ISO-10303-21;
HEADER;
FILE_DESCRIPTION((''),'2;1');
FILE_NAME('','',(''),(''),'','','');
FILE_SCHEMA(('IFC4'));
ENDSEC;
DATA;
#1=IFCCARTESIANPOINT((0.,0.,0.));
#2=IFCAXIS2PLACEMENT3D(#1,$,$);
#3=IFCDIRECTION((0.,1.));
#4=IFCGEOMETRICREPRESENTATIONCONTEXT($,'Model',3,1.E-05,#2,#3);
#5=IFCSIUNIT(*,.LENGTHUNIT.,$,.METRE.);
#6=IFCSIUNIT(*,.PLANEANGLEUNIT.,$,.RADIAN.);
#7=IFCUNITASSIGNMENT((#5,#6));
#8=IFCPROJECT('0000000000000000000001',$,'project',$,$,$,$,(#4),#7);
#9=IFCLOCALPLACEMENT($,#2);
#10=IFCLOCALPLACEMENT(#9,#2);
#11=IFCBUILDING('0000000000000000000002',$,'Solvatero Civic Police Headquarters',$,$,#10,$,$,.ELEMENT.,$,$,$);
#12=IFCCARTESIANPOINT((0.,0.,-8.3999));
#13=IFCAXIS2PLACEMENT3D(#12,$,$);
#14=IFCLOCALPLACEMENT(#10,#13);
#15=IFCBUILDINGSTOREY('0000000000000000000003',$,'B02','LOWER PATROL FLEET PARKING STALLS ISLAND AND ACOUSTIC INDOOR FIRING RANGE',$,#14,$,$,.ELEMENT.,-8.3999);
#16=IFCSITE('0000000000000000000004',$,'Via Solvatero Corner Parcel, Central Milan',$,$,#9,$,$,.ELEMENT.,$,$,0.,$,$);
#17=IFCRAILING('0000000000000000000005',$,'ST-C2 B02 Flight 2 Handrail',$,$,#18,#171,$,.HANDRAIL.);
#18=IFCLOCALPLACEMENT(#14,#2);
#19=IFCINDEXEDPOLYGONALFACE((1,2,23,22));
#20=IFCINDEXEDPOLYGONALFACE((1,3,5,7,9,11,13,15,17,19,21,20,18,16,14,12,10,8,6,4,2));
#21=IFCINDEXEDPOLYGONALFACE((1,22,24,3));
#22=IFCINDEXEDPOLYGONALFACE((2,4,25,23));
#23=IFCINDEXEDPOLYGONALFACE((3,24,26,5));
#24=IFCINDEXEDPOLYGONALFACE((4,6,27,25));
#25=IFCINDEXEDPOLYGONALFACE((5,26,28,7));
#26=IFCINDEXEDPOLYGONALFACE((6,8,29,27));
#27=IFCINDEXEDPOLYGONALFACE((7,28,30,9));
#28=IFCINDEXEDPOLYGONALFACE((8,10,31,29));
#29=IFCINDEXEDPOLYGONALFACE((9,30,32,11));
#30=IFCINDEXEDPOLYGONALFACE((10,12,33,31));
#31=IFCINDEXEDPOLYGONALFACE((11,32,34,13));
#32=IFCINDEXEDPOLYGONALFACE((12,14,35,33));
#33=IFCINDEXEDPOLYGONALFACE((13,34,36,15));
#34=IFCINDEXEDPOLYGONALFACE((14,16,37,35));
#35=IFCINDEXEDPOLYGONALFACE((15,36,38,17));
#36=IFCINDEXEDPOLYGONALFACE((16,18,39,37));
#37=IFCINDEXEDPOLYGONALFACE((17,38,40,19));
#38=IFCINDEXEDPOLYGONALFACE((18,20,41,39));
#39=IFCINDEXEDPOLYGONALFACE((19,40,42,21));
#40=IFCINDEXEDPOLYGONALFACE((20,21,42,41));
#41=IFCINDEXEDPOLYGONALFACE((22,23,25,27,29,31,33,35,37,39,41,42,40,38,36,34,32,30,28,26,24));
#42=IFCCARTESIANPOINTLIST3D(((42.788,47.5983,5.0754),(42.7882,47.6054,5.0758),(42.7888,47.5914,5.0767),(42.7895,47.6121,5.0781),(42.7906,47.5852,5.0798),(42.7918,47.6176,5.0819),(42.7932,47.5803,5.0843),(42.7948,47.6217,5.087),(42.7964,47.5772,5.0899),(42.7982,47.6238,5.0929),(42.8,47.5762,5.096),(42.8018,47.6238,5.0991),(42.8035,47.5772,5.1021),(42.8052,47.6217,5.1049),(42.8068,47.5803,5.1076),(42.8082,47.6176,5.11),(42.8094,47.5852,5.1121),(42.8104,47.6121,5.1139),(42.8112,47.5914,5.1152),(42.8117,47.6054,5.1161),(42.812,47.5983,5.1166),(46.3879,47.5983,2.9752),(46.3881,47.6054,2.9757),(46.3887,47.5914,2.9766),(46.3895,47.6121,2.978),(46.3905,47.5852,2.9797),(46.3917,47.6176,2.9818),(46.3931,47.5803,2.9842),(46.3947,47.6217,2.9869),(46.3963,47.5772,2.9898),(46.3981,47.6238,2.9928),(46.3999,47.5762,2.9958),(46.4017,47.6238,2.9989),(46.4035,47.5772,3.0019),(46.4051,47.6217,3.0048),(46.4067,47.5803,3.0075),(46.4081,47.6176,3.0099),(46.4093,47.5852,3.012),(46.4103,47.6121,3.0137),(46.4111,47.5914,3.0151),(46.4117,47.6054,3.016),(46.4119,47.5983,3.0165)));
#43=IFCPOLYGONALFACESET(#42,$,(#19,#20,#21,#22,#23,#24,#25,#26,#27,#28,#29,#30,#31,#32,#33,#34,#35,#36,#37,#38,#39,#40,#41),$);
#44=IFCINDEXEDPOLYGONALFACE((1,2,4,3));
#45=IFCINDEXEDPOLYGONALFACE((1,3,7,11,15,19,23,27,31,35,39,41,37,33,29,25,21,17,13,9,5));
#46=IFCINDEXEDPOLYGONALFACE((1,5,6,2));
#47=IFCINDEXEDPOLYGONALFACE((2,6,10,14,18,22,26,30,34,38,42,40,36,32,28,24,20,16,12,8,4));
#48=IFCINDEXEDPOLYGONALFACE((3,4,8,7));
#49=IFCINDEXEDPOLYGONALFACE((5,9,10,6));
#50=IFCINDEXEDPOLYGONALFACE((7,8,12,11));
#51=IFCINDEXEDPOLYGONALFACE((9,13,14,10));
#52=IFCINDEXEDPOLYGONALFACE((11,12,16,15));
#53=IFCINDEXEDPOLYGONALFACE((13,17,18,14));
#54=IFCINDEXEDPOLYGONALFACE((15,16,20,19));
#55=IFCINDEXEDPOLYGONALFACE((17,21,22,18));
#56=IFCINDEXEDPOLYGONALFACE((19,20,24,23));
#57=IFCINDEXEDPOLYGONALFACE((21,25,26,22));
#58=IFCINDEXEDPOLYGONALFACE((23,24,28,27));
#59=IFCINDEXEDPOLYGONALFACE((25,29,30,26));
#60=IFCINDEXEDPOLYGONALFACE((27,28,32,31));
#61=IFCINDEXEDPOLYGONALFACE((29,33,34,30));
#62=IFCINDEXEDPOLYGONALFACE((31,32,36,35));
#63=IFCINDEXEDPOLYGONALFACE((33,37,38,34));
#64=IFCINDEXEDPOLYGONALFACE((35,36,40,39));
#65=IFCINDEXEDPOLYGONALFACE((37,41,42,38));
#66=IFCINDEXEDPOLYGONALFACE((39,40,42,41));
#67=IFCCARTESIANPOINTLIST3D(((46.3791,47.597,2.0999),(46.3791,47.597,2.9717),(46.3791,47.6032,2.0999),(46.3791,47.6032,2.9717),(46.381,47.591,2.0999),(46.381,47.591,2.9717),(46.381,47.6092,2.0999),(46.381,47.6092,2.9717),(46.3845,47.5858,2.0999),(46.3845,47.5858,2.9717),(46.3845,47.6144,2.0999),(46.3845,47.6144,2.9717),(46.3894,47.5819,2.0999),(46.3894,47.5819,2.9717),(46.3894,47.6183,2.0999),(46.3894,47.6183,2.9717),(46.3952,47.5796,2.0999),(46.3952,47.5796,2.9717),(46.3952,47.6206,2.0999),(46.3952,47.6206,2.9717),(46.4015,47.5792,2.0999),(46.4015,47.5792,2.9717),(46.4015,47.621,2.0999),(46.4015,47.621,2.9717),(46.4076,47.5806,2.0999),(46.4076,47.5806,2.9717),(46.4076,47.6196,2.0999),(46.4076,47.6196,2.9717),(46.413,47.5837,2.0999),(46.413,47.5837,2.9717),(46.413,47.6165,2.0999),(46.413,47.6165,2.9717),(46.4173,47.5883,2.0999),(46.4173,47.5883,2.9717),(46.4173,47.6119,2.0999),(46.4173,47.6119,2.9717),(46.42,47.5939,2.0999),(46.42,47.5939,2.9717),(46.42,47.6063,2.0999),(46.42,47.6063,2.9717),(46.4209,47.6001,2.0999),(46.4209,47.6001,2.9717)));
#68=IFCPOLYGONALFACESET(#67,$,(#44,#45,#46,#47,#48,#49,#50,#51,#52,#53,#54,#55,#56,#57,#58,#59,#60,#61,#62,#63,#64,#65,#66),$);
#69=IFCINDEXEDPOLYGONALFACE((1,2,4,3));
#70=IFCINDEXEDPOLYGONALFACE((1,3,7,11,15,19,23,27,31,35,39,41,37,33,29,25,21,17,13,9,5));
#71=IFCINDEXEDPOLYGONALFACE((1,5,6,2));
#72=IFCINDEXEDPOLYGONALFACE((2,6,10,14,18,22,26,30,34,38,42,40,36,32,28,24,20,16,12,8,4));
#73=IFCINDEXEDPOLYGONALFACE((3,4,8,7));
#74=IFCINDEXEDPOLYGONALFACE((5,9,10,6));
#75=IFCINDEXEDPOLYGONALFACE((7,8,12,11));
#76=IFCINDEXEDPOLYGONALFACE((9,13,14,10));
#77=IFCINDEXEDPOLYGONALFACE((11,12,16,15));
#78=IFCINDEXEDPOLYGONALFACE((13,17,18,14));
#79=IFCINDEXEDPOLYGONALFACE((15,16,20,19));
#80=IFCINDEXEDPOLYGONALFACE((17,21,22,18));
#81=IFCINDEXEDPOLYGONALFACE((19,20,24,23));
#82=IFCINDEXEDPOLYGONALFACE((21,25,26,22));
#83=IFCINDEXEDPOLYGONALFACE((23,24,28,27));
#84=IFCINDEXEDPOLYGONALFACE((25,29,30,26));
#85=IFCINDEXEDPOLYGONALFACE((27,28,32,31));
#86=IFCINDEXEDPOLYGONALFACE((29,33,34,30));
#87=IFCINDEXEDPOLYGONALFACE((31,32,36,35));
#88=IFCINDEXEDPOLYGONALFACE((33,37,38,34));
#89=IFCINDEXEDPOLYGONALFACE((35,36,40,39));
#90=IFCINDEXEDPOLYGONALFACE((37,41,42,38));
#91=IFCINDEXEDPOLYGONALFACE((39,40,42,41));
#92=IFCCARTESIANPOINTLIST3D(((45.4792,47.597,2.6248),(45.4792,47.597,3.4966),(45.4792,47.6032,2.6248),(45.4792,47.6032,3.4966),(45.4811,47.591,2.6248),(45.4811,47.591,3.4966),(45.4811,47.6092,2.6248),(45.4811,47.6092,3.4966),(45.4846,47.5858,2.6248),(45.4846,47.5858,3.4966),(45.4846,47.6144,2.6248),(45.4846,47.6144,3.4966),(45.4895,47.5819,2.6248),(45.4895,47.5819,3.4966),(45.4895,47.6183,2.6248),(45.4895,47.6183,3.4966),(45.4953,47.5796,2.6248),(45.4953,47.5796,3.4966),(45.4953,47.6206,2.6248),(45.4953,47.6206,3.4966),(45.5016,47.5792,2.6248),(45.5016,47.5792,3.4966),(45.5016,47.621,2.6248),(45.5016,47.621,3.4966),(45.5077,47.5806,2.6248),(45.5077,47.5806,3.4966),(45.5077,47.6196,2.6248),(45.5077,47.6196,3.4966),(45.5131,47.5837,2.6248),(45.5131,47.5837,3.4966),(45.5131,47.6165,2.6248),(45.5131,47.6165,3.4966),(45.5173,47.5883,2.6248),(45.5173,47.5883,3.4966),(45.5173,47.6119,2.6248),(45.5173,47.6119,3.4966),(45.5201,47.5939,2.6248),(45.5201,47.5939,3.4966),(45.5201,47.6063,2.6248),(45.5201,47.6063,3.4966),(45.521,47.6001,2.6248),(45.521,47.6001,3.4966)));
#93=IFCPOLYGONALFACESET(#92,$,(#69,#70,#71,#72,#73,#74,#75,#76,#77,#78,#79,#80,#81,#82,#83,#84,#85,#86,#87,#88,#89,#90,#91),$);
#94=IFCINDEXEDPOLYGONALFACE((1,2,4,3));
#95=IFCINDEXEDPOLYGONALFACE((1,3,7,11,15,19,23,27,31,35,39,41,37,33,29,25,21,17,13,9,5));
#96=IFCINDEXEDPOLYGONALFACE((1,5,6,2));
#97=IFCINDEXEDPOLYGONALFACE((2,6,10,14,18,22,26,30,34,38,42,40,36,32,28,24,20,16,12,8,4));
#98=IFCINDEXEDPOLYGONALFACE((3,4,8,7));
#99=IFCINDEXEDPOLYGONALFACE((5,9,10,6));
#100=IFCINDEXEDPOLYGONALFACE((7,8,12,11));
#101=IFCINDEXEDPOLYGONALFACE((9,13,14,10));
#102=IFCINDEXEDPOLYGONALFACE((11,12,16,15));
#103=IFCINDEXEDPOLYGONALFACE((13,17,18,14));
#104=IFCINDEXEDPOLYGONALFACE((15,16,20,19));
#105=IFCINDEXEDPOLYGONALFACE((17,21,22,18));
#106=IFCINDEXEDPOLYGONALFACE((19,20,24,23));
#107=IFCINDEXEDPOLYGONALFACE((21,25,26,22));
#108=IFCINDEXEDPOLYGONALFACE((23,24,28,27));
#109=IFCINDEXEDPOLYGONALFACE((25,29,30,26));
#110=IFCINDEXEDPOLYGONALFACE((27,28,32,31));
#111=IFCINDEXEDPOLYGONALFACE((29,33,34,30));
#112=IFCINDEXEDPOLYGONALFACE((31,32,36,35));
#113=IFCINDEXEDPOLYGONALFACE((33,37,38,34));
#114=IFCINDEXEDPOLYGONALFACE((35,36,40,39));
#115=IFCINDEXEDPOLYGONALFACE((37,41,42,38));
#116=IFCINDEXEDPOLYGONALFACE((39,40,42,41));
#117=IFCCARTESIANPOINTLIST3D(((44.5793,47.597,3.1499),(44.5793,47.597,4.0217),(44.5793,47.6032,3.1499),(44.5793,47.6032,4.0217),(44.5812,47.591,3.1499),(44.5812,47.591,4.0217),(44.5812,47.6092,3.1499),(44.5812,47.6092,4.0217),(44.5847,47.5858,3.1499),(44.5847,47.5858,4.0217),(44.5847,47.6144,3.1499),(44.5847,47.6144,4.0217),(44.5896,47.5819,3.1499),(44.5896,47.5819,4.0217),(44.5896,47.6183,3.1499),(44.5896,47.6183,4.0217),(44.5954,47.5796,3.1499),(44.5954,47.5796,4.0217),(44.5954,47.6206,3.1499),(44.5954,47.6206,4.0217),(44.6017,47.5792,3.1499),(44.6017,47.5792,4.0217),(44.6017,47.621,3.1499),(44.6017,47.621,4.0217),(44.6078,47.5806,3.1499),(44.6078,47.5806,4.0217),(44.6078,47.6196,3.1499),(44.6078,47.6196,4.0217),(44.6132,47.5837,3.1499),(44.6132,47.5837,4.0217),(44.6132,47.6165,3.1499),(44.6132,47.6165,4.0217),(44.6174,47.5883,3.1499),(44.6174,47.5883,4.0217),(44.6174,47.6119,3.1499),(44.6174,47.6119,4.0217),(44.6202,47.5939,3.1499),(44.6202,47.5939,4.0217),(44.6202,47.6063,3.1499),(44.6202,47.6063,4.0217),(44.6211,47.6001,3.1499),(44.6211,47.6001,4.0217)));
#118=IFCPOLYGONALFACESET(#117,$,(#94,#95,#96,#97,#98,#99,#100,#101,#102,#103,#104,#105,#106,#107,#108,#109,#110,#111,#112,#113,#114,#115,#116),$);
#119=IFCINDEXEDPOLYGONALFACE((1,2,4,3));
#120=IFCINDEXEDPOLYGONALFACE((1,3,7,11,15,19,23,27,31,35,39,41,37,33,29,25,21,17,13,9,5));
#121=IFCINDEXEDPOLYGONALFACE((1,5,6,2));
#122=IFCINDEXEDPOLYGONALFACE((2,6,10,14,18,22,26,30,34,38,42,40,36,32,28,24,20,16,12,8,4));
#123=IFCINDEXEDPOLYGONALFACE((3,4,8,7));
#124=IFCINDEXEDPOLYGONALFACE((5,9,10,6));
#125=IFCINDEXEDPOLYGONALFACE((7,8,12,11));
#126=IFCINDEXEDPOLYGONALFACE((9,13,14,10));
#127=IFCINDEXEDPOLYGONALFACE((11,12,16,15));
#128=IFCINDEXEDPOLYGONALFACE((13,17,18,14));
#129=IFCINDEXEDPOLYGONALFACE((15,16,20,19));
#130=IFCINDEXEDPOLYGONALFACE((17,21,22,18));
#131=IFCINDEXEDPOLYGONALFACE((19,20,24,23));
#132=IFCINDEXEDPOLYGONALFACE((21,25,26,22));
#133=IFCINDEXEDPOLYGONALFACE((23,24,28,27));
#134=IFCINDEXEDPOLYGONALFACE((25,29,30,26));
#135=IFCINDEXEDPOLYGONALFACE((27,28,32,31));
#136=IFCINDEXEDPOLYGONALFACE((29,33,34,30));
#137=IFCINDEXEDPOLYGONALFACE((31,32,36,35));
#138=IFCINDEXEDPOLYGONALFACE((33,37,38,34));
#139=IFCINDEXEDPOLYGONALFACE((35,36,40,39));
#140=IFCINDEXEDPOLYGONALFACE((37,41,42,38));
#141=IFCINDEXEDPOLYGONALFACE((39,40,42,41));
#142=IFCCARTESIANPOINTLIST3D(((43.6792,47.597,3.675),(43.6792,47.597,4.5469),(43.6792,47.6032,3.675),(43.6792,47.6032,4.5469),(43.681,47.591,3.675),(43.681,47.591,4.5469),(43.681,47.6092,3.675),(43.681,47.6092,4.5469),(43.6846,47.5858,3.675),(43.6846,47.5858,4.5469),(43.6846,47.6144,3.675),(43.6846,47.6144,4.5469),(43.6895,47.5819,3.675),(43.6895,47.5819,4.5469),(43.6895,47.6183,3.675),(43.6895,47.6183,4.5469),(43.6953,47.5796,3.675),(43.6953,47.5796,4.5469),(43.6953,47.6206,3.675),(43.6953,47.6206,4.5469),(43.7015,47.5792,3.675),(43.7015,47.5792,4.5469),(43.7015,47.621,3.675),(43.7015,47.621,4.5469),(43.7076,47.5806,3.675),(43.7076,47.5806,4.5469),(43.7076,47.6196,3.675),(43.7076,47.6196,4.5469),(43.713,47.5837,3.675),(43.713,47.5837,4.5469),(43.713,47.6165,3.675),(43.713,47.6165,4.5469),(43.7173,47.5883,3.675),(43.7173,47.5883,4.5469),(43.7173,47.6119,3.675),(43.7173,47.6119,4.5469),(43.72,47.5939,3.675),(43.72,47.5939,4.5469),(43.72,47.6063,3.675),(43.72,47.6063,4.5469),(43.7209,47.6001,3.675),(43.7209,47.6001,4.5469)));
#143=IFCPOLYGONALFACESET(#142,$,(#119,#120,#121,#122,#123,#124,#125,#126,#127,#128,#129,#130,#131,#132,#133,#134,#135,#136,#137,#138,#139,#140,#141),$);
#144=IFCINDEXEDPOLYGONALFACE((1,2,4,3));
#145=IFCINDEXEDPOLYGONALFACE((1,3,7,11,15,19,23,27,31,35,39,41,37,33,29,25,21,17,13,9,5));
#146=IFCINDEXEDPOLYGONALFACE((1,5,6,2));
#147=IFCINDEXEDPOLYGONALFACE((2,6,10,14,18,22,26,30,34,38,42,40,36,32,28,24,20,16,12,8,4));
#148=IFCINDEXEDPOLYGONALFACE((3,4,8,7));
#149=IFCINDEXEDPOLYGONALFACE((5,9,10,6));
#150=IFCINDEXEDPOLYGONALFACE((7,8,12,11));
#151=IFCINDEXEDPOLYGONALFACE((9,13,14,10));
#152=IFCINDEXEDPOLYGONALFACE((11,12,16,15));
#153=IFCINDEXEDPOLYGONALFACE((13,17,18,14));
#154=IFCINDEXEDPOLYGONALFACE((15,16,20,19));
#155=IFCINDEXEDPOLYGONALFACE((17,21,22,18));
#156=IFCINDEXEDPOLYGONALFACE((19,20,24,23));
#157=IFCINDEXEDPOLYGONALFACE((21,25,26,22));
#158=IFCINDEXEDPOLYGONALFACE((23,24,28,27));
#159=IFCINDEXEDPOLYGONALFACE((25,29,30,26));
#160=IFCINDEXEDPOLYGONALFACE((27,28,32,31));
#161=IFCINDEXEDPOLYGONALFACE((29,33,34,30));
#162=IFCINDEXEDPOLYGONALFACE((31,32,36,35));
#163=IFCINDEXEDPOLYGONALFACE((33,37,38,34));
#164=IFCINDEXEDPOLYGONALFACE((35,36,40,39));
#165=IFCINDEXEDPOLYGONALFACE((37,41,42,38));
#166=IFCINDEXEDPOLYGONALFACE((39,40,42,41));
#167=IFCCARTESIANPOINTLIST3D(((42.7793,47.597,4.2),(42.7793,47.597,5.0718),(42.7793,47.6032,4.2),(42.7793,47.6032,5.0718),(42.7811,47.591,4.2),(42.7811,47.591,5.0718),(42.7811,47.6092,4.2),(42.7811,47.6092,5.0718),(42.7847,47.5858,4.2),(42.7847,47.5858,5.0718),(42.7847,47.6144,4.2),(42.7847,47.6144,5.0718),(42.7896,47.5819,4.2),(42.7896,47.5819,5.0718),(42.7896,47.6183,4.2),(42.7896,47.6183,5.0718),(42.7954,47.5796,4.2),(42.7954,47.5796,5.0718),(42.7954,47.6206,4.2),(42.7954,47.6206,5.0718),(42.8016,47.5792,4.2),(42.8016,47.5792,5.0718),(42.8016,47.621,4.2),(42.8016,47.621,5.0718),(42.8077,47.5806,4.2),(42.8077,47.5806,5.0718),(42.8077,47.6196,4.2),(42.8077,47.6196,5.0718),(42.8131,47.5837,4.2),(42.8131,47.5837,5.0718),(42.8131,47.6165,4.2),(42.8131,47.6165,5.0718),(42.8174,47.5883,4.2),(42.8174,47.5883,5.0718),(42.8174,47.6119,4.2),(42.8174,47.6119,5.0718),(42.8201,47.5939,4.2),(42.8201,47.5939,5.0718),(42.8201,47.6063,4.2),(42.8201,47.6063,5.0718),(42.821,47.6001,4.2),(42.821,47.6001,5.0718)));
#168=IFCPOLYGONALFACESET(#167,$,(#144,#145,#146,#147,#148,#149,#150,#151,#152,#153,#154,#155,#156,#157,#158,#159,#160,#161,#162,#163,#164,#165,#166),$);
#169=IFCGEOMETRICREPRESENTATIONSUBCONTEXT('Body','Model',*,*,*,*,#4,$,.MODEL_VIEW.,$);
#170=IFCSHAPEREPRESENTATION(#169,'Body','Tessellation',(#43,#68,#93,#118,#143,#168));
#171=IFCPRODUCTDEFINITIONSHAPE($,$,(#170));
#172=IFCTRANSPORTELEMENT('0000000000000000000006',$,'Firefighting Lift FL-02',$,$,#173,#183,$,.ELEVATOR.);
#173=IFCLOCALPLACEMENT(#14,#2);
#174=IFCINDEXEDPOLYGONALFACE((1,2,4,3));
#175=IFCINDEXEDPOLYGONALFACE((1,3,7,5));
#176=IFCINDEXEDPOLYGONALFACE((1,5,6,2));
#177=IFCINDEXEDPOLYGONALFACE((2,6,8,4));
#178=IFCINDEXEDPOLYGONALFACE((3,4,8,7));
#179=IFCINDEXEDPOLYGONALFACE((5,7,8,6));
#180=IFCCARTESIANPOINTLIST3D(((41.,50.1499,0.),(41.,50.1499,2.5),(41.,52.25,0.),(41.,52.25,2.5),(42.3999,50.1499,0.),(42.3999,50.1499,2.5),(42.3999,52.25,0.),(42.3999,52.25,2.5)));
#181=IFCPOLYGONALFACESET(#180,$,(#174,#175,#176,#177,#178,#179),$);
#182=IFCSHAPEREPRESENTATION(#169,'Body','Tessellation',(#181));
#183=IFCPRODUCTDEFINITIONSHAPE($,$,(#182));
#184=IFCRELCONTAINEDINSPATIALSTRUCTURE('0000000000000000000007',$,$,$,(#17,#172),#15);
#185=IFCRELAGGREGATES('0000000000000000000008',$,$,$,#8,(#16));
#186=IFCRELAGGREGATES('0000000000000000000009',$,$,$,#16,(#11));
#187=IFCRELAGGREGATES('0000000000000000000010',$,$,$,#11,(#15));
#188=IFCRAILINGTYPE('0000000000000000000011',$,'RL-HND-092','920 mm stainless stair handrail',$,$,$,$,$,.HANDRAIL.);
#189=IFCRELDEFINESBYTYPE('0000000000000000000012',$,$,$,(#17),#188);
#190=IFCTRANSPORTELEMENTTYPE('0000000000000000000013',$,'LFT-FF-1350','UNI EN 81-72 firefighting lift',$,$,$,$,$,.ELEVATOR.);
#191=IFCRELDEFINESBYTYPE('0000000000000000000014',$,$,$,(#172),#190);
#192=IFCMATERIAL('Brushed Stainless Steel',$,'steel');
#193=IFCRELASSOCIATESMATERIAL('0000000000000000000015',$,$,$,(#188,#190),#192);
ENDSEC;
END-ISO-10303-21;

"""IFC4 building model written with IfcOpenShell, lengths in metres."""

from ifc_helpers import new_model, si_unit, direction, frame, origin, origin_2d, place, context, subcontext, project, spatial, rectangle, circle, extrude, material, type_object, element, save


model = new_model("IFC4")

# Units and contexts
model_context = context("Model", 3, precision=1e-05, world=origin(), true_north=direction((0.0, 1.0)))
body_context = subcontext(model_context, "Body", "Model", "MODEL_VIEW")
ifc_project = project(units=[si_unit("LENGTHUNIT", "METRE"), si_unit("PLANEANGLEUNIT", "RADIAN")], contexts=[model_context])

# Site, building, storey
site_placement = place(None, origin())
site = spatial("IfcSite", under=ifc_project, at=site_placement, Name="Via Solvatero Corner Parcel, Central Milan", CompositionType="ELEMENT", RefElevation=0.0)
building_placement = place(site_placement, origin())
building = spatial("IfcBuilding", under=site, at=building_placement, Name="Solvatero Civic Police Headquarters", CompositionType="ELEMENT")
storey_placement = place(building_placement, frame((0.0, 0.0, -8.3999)))
storey = spatial("IfcBuildingStorey", under=building, at=storey_placement, Name="B02", Description="LOWER PATROL FLEET PARKING STALLS ISLAND AND ACOUSTIC INDOOR FIRING RANGE", CompositionType="ELEMENT", Elevation=-8.3999)

# Railing
ifc_material_1 = material(Name="Brushed Stainless Steel", Category="steel")
railing_type_1 = type_object("IfcRailingType", Name="RL-HND-092", Description="920 mm stainless stair handrail", PredefinedType="HANDRAIL", material=ifc_material_1)
railing_1_placement = place(storey_placement, frame((46.3999, 47.6001, 2.0999)))
element("IfcRailing", 1, at=railing_1_placement, inside=storey, type_object=railing_type_1, Name="ST-C2 B02 Flight 2 Handrail", PredefinedType="HANDRAIL", context=body_context, shape_type="SweptSolid", body=[
    extrude(circle(Radius=0.0239, at=origin_2d()), frame((0.0, 0.0, 0.896), z_axis=(-0.86376, 0.0, 0.503904), x_axis=(0.0, -1.0, 0.0)), (0.0, 0.0, 1.0), 4.1677),
    extrude(circle(Radius=0.021, at=origin_2d()), origin(), (0.0, 0.0, 1.0), 0.8718),
    extrude(circle(Radius=0.021, at=origin_2d()), frame((-0.8999, 0.0, 0.5249)), (0.0, 0.0, 1.0), 0.8718),
    extrude(circle(Radius=0.021, at=origin_2d()), frame((-1.7998, 0.0, 1.05)), (0.0, 0.0, 1.0), 0.8718),
    extrude(circle(Radius=0.021, at=origin_2d()), frame((-2.7, 0.0, 1.5752)), (0.0, 0.0, 1.0), 0.8718),
    extrude(circle(Radius=0.021, at=origin_2d()), frame((-3.5999, 0.0, 2.1001)), (0.0, 0.0, 1.0), 0.8718),
])

# Transport element
transport_element_type = type_object("IfcTransportElementType", Name="LFT-FF-1350", Description="UNI EN 81-72 firefighting lift", PredefinedType="ELEVATOR", material=ifc_material_1)
transport_element_placement = place(storey_placement, frame((41.7, 51.2, 0.0), z_axis=(0.0, 0.0, 1.0), x_axis=(1.0, 0.0, 0.0)))
element("IfcTransportElement", 2, at=transport_element_placement, inside=storey, type_object=transport_element_type, Name="Firefighting Lift FL-02", PredefinedType="ELEVATOR", context=body_context, shape_type="SweptSolid", body=[
    extrude(rectangle(XDim=1.3999, YDim=2.1001, at=origin_2d()), origin(), (0.0, 0.0, 1.0), 2.5),
])

save(model, "model.ifc")
